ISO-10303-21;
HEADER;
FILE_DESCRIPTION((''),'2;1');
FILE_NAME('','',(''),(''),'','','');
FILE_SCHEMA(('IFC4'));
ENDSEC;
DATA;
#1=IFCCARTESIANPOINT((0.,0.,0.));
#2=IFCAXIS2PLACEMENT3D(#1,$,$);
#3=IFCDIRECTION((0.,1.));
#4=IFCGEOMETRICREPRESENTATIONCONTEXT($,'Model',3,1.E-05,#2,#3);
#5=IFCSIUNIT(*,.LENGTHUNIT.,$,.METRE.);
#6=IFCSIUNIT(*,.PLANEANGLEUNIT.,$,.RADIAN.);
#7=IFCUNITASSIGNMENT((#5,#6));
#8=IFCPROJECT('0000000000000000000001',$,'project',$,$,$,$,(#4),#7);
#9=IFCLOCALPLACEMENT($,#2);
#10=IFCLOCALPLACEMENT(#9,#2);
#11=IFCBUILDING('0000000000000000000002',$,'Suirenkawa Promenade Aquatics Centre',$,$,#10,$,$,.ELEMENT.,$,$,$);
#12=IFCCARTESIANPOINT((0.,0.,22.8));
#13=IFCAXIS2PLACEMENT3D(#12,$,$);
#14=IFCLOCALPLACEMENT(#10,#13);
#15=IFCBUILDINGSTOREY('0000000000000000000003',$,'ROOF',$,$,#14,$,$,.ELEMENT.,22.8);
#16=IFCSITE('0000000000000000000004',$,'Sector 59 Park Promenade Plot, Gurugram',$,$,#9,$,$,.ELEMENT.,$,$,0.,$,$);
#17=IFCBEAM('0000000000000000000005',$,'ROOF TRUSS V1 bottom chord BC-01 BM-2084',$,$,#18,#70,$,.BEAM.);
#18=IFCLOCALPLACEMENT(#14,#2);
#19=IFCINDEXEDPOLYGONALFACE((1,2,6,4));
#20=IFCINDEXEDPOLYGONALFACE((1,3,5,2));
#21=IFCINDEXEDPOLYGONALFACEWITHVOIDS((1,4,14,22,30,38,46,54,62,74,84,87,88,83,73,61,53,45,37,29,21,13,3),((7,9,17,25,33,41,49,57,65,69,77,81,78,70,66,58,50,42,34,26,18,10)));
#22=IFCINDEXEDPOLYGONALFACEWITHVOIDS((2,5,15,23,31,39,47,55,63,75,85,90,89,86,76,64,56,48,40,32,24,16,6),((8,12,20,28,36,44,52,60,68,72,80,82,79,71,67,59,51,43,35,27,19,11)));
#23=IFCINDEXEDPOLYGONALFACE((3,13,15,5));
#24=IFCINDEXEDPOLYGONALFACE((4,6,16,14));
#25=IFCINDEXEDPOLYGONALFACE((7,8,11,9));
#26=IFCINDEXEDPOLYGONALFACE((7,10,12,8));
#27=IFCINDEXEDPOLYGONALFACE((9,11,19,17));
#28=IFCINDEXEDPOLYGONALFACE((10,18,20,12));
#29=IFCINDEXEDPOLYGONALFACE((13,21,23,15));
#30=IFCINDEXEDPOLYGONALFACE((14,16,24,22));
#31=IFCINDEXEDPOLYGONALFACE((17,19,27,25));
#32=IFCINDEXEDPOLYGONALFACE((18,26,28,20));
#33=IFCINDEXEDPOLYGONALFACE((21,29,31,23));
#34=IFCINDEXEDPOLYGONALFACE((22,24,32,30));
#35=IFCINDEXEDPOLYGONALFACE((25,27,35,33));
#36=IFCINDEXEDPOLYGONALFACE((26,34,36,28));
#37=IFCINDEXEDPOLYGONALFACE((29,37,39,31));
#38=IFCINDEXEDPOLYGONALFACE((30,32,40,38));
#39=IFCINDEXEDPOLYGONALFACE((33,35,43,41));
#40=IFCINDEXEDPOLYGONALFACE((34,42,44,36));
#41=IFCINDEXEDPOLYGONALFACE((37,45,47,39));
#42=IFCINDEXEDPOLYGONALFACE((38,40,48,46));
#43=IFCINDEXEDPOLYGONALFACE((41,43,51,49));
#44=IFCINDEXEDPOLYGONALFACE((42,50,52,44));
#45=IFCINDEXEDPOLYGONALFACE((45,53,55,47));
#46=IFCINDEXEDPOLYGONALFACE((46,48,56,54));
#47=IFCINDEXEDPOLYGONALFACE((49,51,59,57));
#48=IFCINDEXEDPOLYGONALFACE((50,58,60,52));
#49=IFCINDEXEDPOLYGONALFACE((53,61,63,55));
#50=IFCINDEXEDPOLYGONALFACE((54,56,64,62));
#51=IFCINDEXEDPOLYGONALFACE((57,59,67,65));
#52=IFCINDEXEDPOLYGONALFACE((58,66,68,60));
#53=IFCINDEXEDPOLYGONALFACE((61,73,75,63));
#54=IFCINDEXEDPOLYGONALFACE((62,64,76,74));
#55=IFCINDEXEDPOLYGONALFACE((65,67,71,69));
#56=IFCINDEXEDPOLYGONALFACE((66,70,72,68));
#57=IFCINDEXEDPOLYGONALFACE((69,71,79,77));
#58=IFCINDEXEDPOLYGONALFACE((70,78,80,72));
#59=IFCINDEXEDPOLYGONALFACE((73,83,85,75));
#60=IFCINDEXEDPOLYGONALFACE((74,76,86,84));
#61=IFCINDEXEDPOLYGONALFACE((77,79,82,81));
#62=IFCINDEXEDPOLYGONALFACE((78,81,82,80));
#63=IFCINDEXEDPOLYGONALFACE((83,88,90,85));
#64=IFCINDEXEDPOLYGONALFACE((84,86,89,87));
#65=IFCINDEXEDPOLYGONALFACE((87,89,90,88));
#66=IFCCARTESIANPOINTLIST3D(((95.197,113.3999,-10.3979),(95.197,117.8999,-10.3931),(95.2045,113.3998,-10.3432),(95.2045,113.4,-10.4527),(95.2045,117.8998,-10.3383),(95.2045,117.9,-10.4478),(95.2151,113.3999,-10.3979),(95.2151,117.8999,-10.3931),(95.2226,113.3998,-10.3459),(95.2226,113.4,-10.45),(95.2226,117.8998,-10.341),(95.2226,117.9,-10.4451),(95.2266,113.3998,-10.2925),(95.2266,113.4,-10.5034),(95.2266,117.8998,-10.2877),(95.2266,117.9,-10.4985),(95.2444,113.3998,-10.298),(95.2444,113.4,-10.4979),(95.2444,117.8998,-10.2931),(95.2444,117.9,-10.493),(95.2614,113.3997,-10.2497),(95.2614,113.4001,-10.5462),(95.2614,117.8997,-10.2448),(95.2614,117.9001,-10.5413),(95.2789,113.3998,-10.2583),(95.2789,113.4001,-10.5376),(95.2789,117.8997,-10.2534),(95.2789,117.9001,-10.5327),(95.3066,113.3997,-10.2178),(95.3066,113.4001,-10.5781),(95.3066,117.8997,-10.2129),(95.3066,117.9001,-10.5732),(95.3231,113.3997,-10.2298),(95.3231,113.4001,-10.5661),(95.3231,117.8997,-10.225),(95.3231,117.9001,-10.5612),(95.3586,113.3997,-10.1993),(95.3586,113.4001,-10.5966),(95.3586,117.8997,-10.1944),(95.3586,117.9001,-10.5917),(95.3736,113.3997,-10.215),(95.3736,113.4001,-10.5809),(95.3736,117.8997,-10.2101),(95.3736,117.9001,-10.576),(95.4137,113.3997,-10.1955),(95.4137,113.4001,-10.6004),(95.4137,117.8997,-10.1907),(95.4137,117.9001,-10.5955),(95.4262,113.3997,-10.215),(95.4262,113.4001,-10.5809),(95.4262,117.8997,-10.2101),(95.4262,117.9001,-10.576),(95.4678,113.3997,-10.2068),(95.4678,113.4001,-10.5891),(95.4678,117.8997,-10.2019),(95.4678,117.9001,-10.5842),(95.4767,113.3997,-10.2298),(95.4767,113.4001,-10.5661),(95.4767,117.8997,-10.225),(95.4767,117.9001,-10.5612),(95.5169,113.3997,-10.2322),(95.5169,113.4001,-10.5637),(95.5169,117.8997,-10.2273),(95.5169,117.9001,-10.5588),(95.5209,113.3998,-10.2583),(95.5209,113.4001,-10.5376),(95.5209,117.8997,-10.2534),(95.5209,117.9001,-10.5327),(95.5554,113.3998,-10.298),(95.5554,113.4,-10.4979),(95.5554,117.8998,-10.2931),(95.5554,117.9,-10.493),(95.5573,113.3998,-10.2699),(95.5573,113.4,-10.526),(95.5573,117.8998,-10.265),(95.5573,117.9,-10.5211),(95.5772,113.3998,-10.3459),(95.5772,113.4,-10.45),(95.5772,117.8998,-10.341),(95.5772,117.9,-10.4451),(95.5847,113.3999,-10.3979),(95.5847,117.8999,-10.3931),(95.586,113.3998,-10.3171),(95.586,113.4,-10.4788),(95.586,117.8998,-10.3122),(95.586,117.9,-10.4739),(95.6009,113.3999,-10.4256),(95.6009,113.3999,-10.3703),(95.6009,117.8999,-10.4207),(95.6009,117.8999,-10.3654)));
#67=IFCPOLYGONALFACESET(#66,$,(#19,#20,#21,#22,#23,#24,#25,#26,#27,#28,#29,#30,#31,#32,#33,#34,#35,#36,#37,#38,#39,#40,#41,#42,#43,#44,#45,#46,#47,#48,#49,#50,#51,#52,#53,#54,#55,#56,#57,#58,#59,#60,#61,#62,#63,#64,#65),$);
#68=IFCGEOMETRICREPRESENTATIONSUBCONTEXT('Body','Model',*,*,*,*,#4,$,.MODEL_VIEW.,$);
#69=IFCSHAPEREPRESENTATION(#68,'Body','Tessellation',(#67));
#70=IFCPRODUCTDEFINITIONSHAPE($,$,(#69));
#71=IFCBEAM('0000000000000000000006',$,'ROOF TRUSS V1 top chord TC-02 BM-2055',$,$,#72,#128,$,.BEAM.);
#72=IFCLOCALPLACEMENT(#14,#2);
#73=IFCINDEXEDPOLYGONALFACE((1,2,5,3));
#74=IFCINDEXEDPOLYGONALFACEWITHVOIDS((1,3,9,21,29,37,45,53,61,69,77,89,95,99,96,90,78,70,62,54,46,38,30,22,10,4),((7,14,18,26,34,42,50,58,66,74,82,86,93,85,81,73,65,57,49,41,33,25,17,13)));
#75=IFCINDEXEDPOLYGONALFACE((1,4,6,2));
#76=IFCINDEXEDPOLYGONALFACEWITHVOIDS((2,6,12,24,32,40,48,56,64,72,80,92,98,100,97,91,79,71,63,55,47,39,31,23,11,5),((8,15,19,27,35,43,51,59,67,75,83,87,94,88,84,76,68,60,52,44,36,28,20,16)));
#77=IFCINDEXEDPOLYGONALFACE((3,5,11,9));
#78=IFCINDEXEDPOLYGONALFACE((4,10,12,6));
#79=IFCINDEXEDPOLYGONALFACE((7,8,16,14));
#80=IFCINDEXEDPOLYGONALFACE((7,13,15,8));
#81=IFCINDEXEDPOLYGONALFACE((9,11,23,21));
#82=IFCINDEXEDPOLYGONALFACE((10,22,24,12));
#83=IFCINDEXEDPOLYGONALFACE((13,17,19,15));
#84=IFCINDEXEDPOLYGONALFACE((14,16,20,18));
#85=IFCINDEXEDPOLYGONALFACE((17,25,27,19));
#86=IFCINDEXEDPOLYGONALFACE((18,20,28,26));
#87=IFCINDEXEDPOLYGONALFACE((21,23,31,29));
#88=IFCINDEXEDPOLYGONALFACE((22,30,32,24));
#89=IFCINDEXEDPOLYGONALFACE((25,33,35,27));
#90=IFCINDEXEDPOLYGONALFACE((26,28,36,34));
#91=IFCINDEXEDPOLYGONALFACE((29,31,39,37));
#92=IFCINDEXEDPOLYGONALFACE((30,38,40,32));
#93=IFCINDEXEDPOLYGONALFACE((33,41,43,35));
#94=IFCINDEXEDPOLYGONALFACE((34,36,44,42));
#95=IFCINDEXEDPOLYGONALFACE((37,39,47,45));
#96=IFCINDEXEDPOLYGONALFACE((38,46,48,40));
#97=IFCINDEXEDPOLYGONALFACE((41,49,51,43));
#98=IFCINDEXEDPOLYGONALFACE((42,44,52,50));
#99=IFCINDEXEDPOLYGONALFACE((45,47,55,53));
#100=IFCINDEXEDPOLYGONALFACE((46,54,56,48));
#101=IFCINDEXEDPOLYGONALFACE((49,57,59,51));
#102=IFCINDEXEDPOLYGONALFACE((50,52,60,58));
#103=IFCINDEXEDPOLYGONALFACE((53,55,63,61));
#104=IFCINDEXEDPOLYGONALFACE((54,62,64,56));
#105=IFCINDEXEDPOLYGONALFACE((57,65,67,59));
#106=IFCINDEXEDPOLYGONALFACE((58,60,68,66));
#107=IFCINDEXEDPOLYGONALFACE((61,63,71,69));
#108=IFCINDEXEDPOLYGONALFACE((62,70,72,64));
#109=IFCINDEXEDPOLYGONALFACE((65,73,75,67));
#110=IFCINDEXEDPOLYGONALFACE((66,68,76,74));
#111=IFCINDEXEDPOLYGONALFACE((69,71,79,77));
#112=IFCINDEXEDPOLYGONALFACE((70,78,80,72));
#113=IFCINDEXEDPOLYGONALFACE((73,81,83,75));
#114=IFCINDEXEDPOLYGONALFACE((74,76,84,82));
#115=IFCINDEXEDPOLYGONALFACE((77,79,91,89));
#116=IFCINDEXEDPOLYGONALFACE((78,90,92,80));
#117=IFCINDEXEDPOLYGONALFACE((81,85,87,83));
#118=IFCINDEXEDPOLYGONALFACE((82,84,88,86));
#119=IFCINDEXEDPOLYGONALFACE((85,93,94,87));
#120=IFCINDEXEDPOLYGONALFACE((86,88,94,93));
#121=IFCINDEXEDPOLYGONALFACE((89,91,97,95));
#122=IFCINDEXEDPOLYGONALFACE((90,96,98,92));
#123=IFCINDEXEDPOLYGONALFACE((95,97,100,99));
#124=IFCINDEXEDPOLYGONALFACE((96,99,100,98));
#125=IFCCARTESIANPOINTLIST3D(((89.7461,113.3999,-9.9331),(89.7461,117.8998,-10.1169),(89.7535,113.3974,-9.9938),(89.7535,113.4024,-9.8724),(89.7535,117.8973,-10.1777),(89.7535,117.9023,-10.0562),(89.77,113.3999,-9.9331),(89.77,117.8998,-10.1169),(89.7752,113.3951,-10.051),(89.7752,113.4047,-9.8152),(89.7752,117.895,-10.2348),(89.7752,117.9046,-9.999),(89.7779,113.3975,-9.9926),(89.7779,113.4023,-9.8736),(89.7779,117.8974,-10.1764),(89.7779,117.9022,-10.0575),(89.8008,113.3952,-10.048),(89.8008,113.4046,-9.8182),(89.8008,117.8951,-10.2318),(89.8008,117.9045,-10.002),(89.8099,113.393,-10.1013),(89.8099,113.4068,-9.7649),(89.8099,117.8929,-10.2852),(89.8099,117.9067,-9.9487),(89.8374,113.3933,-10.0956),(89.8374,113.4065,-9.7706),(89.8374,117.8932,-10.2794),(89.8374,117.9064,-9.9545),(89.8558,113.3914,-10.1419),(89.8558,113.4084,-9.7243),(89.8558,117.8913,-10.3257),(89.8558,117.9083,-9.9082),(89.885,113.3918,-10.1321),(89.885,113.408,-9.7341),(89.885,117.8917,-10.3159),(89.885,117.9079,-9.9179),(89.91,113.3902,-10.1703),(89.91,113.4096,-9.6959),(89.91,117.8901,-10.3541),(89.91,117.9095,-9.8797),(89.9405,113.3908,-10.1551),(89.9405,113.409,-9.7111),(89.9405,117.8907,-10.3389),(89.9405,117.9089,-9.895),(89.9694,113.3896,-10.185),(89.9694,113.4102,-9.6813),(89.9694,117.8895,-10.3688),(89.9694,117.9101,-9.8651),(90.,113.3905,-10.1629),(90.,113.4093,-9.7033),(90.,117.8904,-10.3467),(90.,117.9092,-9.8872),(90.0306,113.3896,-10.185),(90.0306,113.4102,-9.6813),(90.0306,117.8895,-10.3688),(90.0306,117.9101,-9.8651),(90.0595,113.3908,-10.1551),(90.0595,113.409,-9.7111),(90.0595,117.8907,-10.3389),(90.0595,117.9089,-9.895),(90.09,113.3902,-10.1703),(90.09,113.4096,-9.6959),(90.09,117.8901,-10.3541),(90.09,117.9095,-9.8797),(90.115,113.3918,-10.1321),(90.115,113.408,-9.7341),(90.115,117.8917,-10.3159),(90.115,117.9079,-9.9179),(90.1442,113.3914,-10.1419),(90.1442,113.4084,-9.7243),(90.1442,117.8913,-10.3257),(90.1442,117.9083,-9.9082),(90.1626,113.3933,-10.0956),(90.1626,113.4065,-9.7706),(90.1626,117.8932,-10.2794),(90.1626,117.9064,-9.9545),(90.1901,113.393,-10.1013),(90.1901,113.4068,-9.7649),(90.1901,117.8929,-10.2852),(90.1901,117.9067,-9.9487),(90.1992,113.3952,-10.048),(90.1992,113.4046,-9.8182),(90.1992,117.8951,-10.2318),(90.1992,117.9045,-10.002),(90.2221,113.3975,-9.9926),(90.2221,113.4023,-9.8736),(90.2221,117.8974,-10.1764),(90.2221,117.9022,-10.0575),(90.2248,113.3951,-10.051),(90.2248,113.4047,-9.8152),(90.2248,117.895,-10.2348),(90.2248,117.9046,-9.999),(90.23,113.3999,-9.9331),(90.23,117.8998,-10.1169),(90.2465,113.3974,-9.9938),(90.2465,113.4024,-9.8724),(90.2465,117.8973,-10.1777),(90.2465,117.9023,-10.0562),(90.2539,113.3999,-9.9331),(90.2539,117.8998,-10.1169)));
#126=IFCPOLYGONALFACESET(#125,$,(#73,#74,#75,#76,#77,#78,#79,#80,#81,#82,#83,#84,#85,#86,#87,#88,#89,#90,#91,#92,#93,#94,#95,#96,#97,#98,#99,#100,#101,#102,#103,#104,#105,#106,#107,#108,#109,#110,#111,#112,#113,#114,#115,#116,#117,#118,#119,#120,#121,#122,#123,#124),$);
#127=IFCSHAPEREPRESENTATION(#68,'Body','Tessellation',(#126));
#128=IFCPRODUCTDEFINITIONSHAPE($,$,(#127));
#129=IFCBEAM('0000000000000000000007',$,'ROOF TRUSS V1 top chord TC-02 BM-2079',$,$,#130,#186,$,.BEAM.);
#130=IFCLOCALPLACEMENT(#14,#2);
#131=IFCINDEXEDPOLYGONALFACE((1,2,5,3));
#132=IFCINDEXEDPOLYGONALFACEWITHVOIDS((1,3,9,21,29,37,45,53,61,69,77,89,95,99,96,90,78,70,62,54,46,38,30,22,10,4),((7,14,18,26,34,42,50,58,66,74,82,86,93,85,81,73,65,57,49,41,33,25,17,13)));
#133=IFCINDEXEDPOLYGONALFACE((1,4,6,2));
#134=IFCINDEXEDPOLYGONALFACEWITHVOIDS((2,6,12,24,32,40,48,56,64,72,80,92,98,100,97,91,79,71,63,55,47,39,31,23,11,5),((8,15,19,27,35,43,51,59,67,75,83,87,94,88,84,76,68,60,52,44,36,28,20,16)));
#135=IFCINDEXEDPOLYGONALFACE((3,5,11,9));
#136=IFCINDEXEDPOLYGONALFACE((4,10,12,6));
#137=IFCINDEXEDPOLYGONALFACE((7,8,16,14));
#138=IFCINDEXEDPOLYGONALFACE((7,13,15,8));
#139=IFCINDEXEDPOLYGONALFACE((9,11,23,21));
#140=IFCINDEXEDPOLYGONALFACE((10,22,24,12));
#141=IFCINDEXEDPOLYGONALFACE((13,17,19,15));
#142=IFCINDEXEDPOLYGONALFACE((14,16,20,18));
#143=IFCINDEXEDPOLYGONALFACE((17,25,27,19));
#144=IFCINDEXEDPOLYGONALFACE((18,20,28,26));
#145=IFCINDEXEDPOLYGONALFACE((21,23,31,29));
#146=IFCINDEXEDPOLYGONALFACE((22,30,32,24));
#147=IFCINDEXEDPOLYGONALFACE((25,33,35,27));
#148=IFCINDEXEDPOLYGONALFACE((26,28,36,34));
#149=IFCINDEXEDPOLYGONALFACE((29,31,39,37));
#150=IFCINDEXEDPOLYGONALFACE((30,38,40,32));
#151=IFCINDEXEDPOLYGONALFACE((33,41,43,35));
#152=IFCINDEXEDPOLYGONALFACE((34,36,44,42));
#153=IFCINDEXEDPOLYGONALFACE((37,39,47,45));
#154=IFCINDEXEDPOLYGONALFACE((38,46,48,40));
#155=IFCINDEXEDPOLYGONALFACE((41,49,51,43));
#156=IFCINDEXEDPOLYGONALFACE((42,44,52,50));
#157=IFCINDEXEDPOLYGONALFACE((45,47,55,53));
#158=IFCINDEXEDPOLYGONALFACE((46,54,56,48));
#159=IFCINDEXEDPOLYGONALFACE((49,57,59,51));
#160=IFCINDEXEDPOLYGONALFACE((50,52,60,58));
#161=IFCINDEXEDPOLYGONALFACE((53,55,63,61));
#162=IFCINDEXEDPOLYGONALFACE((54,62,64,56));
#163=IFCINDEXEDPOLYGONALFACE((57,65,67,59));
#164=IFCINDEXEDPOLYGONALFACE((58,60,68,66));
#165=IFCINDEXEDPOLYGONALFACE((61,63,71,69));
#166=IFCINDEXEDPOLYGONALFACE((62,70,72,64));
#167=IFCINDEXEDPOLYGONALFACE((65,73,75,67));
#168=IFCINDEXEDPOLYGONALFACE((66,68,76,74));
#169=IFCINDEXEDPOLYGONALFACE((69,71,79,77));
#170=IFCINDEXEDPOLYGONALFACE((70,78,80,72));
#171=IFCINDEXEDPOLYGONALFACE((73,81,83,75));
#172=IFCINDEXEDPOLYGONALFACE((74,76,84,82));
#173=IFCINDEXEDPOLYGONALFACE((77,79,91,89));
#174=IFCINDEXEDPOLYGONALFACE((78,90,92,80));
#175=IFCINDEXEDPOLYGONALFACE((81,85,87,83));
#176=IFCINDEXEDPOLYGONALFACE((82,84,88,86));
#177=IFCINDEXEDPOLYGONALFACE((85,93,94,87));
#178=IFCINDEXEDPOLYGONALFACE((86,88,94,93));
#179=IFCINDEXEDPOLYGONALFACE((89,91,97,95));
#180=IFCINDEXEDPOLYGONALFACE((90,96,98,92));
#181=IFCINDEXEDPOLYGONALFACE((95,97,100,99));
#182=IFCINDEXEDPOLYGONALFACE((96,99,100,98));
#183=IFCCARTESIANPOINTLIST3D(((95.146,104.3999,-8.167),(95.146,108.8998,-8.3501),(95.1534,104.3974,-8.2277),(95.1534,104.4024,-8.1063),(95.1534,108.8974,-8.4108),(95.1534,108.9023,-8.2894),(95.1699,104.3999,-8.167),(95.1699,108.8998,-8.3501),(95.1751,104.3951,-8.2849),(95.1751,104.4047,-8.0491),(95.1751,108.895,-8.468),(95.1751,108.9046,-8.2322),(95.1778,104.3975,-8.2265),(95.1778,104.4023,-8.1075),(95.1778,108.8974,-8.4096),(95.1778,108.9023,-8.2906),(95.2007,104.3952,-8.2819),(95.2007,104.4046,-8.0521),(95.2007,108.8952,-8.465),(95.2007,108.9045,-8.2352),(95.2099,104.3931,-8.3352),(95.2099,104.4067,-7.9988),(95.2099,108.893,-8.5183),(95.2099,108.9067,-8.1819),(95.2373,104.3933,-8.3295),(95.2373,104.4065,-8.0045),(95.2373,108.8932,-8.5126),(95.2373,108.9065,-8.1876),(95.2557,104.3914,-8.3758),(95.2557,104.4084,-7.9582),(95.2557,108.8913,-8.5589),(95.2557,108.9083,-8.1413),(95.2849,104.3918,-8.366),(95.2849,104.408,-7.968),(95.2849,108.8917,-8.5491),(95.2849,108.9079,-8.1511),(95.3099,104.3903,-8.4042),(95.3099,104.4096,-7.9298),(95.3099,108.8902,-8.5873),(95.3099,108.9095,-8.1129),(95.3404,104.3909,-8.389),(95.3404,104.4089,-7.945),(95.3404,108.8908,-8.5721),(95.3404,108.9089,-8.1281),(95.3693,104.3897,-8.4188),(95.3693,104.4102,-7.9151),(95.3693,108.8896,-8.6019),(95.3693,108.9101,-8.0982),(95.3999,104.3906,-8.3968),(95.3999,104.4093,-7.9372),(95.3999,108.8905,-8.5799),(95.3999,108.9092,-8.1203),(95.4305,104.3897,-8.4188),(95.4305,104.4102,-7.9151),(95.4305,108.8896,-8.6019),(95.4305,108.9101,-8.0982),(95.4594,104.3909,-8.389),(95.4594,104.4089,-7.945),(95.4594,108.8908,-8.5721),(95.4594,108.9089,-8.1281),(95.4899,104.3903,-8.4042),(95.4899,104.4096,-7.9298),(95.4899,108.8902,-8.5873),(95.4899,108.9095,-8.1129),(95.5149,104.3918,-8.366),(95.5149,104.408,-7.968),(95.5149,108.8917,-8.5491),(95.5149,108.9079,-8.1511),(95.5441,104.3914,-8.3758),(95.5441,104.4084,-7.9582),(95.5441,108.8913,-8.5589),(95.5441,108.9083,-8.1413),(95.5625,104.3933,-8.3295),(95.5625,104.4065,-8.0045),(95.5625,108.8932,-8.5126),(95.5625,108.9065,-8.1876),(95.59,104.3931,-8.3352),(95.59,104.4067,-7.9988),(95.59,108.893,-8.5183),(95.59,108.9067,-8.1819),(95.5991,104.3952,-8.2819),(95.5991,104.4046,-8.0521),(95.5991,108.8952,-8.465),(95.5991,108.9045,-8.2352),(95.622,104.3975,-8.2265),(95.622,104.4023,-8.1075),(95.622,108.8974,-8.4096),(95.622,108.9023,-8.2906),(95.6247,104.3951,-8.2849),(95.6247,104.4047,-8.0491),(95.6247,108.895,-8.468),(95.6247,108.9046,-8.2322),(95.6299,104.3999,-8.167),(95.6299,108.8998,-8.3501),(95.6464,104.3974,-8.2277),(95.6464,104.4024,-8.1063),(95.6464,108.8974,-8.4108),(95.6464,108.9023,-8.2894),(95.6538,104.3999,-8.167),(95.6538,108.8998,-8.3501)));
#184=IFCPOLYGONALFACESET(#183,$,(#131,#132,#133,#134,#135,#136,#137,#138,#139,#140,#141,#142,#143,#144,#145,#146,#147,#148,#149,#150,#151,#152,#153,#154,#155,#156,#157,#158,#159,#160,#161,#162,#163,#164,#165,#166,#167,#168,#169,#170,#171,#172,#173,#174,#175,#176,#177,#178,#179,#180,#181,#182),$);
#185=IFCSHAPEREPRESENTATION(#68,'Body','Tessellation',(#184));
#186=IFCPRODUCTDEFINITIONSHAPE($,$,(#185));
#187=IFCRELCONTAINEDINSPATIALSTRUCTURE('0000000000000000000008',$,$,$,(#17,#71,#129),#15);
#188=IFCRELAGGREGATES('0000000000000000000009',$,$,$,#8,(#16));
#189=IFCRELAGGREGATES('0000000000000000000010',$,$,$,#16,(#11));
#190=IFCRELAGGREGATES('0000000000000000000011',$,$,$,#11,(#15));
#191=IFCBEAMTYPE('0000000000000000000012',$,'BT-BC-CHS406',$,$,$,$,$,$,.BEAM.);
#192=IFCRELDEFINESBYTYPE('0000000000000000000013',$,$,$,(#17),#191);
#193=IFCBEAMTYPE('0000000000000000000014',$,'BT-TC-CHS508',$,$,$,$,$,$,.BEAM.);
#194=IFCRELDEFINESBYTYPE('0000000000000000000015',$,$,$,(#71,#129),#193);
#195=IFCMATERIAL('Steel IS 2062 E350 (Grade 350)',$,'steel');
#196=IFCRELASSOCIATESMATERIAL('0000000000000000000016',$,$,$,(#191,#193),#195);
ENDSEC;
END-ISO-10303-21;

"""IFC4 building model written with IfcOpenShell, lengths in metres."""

from ifc_helpers import new_model, si_unit, direction, frame, origin, origin_2d, place, context, subcontext, project, spatial, hollow_circle, extrude, material, material_profile, profile_set, type_object, element, save


model = new_model("IFC4")

# Units and contexts
model_context = context("Model", 3, precision=1e-05, world=origin(), true_north=direction((0.0, 1.0)))
body_context = subcontext(model_context, "Body", "Model", "MODEL_VIEW")
ifc_project = project(units=[si_unit("LENGTHUNIT", "METRE"), si_unit("PLANEANGLEUNIT", "RADIAN")], contexts=[model_context])

# Site, building, storey
site_placement = place(None, origin())
site = spatial("IfcSite", under=ifc_project, at=site_placement, Name="Sector 59 Park Promenade Plot, Gurugram", CompositionType="ELEMENT", RefElevation=0.0)
building_placement = place(site_placement, origin())
building = spatial("IfcBuilding", under=site, at=building_placement, Name="Suirenkawa Promenade Aquatics Centre", CompositionType="ELEMENT")
storey_placement = place(building_placement, frame((0.0, 0.0, 22.8)))
storey = spatial("IfcBuildingStorey", under=building, at=storey_placement, Name="ROOF", CompositionType="ELEMENT", Elevation=22.8)

# Beams
ifc_material = material(Name="Steel IS 2062 E350 (Grade 350)", Category="steel")
ifc_material_profile_1 = material_profile(ifc_material, hollow_circle(Radius=0.2029, WallThickness=0.0181, at=origin_2d()), Name="CHS 406x18", Category="steel")
ifc_profile_set_1 = profile_set([ifc_material_profile_1], Name="Steel IS 2062 E350 (Grade 350)")
beam_type_1 = type_object("IfcBeamType", Name="BT-BC-CHS406", PredefinedType="BEAM", material=ifc_profile_set_1)
for number, where, z_axis, x_axis, name in (
    (1, (95.3999, 113.3999, -10.3979), (0.0, 0.999999, 0.001085), (-1.0, 0.0, 0.0), "ROOF TRUSS V1 bottom chord BC-01 BM-2084"),
):
    element("IfcBeam", number, at=place(storey_placement, frame(where, z_axis=z_axis, x_axis=x_axis)), inside=storey, type_object=beam_type_1, Name=name, PredefinedType="BEAM", context=body_context, shape_type="SweptSolid", body=[
        extrude(hollow_circle(Radius=0.2029, WallThickness=0.0181, at=origin_2d()), origin(), (0.0, 0.0, 1.0), 4.5),
    ])
ifc_material_profile_2 = material_profile(ifc_material, hollow_circle(Radius=0.2539, WallThickness=0.0239, at=origin_2d()), Name="CHS 508x24", Category="steel")
ifc_profile_set_2 = profile_set([ifc_material_profile_2], Name="Steel IS 2062 E350 (Grade 350)")
beam_type_2 = type_object("IfcBeamType", Name="BT-TC-CHS508", PredefinedType="BEAM", material=ifc_profile_set_2)
for number, where, z_axis, x_axis, name in (
    (2, (90.0, 113.3999, -9.9331), (0.0, 0.999167, -0.040819), (-1.0, 0.0, 0.0), "ROOF TRUSS V1 top chord TC-02 BM-2055"),
    (3, (95.3999, 104.3999, -8.167), (0.0, 0.999173, -0.040656), (-1.0, 0.0, 0.0), "ROOF TRUSS V1 top chord TC-02 BM-2079"),
):
    element("IfcBeam", number, at=place(storey_placement, frame(where, z_axis=z_axis, x_axis=x_axis)), inside=storey, type_object=beam_type_2, Name=name, PredefinedType="BEAM", context=body_context, shape_type="SweptSolid", body=[
        extrude(hollow_circle(Radius=0.2539, WallThickness=0.0239, at=origin_2d()), origin(), (0.0, 0.0, 1.0), 4.5037),
    ])

save(model, "model.ifc")
